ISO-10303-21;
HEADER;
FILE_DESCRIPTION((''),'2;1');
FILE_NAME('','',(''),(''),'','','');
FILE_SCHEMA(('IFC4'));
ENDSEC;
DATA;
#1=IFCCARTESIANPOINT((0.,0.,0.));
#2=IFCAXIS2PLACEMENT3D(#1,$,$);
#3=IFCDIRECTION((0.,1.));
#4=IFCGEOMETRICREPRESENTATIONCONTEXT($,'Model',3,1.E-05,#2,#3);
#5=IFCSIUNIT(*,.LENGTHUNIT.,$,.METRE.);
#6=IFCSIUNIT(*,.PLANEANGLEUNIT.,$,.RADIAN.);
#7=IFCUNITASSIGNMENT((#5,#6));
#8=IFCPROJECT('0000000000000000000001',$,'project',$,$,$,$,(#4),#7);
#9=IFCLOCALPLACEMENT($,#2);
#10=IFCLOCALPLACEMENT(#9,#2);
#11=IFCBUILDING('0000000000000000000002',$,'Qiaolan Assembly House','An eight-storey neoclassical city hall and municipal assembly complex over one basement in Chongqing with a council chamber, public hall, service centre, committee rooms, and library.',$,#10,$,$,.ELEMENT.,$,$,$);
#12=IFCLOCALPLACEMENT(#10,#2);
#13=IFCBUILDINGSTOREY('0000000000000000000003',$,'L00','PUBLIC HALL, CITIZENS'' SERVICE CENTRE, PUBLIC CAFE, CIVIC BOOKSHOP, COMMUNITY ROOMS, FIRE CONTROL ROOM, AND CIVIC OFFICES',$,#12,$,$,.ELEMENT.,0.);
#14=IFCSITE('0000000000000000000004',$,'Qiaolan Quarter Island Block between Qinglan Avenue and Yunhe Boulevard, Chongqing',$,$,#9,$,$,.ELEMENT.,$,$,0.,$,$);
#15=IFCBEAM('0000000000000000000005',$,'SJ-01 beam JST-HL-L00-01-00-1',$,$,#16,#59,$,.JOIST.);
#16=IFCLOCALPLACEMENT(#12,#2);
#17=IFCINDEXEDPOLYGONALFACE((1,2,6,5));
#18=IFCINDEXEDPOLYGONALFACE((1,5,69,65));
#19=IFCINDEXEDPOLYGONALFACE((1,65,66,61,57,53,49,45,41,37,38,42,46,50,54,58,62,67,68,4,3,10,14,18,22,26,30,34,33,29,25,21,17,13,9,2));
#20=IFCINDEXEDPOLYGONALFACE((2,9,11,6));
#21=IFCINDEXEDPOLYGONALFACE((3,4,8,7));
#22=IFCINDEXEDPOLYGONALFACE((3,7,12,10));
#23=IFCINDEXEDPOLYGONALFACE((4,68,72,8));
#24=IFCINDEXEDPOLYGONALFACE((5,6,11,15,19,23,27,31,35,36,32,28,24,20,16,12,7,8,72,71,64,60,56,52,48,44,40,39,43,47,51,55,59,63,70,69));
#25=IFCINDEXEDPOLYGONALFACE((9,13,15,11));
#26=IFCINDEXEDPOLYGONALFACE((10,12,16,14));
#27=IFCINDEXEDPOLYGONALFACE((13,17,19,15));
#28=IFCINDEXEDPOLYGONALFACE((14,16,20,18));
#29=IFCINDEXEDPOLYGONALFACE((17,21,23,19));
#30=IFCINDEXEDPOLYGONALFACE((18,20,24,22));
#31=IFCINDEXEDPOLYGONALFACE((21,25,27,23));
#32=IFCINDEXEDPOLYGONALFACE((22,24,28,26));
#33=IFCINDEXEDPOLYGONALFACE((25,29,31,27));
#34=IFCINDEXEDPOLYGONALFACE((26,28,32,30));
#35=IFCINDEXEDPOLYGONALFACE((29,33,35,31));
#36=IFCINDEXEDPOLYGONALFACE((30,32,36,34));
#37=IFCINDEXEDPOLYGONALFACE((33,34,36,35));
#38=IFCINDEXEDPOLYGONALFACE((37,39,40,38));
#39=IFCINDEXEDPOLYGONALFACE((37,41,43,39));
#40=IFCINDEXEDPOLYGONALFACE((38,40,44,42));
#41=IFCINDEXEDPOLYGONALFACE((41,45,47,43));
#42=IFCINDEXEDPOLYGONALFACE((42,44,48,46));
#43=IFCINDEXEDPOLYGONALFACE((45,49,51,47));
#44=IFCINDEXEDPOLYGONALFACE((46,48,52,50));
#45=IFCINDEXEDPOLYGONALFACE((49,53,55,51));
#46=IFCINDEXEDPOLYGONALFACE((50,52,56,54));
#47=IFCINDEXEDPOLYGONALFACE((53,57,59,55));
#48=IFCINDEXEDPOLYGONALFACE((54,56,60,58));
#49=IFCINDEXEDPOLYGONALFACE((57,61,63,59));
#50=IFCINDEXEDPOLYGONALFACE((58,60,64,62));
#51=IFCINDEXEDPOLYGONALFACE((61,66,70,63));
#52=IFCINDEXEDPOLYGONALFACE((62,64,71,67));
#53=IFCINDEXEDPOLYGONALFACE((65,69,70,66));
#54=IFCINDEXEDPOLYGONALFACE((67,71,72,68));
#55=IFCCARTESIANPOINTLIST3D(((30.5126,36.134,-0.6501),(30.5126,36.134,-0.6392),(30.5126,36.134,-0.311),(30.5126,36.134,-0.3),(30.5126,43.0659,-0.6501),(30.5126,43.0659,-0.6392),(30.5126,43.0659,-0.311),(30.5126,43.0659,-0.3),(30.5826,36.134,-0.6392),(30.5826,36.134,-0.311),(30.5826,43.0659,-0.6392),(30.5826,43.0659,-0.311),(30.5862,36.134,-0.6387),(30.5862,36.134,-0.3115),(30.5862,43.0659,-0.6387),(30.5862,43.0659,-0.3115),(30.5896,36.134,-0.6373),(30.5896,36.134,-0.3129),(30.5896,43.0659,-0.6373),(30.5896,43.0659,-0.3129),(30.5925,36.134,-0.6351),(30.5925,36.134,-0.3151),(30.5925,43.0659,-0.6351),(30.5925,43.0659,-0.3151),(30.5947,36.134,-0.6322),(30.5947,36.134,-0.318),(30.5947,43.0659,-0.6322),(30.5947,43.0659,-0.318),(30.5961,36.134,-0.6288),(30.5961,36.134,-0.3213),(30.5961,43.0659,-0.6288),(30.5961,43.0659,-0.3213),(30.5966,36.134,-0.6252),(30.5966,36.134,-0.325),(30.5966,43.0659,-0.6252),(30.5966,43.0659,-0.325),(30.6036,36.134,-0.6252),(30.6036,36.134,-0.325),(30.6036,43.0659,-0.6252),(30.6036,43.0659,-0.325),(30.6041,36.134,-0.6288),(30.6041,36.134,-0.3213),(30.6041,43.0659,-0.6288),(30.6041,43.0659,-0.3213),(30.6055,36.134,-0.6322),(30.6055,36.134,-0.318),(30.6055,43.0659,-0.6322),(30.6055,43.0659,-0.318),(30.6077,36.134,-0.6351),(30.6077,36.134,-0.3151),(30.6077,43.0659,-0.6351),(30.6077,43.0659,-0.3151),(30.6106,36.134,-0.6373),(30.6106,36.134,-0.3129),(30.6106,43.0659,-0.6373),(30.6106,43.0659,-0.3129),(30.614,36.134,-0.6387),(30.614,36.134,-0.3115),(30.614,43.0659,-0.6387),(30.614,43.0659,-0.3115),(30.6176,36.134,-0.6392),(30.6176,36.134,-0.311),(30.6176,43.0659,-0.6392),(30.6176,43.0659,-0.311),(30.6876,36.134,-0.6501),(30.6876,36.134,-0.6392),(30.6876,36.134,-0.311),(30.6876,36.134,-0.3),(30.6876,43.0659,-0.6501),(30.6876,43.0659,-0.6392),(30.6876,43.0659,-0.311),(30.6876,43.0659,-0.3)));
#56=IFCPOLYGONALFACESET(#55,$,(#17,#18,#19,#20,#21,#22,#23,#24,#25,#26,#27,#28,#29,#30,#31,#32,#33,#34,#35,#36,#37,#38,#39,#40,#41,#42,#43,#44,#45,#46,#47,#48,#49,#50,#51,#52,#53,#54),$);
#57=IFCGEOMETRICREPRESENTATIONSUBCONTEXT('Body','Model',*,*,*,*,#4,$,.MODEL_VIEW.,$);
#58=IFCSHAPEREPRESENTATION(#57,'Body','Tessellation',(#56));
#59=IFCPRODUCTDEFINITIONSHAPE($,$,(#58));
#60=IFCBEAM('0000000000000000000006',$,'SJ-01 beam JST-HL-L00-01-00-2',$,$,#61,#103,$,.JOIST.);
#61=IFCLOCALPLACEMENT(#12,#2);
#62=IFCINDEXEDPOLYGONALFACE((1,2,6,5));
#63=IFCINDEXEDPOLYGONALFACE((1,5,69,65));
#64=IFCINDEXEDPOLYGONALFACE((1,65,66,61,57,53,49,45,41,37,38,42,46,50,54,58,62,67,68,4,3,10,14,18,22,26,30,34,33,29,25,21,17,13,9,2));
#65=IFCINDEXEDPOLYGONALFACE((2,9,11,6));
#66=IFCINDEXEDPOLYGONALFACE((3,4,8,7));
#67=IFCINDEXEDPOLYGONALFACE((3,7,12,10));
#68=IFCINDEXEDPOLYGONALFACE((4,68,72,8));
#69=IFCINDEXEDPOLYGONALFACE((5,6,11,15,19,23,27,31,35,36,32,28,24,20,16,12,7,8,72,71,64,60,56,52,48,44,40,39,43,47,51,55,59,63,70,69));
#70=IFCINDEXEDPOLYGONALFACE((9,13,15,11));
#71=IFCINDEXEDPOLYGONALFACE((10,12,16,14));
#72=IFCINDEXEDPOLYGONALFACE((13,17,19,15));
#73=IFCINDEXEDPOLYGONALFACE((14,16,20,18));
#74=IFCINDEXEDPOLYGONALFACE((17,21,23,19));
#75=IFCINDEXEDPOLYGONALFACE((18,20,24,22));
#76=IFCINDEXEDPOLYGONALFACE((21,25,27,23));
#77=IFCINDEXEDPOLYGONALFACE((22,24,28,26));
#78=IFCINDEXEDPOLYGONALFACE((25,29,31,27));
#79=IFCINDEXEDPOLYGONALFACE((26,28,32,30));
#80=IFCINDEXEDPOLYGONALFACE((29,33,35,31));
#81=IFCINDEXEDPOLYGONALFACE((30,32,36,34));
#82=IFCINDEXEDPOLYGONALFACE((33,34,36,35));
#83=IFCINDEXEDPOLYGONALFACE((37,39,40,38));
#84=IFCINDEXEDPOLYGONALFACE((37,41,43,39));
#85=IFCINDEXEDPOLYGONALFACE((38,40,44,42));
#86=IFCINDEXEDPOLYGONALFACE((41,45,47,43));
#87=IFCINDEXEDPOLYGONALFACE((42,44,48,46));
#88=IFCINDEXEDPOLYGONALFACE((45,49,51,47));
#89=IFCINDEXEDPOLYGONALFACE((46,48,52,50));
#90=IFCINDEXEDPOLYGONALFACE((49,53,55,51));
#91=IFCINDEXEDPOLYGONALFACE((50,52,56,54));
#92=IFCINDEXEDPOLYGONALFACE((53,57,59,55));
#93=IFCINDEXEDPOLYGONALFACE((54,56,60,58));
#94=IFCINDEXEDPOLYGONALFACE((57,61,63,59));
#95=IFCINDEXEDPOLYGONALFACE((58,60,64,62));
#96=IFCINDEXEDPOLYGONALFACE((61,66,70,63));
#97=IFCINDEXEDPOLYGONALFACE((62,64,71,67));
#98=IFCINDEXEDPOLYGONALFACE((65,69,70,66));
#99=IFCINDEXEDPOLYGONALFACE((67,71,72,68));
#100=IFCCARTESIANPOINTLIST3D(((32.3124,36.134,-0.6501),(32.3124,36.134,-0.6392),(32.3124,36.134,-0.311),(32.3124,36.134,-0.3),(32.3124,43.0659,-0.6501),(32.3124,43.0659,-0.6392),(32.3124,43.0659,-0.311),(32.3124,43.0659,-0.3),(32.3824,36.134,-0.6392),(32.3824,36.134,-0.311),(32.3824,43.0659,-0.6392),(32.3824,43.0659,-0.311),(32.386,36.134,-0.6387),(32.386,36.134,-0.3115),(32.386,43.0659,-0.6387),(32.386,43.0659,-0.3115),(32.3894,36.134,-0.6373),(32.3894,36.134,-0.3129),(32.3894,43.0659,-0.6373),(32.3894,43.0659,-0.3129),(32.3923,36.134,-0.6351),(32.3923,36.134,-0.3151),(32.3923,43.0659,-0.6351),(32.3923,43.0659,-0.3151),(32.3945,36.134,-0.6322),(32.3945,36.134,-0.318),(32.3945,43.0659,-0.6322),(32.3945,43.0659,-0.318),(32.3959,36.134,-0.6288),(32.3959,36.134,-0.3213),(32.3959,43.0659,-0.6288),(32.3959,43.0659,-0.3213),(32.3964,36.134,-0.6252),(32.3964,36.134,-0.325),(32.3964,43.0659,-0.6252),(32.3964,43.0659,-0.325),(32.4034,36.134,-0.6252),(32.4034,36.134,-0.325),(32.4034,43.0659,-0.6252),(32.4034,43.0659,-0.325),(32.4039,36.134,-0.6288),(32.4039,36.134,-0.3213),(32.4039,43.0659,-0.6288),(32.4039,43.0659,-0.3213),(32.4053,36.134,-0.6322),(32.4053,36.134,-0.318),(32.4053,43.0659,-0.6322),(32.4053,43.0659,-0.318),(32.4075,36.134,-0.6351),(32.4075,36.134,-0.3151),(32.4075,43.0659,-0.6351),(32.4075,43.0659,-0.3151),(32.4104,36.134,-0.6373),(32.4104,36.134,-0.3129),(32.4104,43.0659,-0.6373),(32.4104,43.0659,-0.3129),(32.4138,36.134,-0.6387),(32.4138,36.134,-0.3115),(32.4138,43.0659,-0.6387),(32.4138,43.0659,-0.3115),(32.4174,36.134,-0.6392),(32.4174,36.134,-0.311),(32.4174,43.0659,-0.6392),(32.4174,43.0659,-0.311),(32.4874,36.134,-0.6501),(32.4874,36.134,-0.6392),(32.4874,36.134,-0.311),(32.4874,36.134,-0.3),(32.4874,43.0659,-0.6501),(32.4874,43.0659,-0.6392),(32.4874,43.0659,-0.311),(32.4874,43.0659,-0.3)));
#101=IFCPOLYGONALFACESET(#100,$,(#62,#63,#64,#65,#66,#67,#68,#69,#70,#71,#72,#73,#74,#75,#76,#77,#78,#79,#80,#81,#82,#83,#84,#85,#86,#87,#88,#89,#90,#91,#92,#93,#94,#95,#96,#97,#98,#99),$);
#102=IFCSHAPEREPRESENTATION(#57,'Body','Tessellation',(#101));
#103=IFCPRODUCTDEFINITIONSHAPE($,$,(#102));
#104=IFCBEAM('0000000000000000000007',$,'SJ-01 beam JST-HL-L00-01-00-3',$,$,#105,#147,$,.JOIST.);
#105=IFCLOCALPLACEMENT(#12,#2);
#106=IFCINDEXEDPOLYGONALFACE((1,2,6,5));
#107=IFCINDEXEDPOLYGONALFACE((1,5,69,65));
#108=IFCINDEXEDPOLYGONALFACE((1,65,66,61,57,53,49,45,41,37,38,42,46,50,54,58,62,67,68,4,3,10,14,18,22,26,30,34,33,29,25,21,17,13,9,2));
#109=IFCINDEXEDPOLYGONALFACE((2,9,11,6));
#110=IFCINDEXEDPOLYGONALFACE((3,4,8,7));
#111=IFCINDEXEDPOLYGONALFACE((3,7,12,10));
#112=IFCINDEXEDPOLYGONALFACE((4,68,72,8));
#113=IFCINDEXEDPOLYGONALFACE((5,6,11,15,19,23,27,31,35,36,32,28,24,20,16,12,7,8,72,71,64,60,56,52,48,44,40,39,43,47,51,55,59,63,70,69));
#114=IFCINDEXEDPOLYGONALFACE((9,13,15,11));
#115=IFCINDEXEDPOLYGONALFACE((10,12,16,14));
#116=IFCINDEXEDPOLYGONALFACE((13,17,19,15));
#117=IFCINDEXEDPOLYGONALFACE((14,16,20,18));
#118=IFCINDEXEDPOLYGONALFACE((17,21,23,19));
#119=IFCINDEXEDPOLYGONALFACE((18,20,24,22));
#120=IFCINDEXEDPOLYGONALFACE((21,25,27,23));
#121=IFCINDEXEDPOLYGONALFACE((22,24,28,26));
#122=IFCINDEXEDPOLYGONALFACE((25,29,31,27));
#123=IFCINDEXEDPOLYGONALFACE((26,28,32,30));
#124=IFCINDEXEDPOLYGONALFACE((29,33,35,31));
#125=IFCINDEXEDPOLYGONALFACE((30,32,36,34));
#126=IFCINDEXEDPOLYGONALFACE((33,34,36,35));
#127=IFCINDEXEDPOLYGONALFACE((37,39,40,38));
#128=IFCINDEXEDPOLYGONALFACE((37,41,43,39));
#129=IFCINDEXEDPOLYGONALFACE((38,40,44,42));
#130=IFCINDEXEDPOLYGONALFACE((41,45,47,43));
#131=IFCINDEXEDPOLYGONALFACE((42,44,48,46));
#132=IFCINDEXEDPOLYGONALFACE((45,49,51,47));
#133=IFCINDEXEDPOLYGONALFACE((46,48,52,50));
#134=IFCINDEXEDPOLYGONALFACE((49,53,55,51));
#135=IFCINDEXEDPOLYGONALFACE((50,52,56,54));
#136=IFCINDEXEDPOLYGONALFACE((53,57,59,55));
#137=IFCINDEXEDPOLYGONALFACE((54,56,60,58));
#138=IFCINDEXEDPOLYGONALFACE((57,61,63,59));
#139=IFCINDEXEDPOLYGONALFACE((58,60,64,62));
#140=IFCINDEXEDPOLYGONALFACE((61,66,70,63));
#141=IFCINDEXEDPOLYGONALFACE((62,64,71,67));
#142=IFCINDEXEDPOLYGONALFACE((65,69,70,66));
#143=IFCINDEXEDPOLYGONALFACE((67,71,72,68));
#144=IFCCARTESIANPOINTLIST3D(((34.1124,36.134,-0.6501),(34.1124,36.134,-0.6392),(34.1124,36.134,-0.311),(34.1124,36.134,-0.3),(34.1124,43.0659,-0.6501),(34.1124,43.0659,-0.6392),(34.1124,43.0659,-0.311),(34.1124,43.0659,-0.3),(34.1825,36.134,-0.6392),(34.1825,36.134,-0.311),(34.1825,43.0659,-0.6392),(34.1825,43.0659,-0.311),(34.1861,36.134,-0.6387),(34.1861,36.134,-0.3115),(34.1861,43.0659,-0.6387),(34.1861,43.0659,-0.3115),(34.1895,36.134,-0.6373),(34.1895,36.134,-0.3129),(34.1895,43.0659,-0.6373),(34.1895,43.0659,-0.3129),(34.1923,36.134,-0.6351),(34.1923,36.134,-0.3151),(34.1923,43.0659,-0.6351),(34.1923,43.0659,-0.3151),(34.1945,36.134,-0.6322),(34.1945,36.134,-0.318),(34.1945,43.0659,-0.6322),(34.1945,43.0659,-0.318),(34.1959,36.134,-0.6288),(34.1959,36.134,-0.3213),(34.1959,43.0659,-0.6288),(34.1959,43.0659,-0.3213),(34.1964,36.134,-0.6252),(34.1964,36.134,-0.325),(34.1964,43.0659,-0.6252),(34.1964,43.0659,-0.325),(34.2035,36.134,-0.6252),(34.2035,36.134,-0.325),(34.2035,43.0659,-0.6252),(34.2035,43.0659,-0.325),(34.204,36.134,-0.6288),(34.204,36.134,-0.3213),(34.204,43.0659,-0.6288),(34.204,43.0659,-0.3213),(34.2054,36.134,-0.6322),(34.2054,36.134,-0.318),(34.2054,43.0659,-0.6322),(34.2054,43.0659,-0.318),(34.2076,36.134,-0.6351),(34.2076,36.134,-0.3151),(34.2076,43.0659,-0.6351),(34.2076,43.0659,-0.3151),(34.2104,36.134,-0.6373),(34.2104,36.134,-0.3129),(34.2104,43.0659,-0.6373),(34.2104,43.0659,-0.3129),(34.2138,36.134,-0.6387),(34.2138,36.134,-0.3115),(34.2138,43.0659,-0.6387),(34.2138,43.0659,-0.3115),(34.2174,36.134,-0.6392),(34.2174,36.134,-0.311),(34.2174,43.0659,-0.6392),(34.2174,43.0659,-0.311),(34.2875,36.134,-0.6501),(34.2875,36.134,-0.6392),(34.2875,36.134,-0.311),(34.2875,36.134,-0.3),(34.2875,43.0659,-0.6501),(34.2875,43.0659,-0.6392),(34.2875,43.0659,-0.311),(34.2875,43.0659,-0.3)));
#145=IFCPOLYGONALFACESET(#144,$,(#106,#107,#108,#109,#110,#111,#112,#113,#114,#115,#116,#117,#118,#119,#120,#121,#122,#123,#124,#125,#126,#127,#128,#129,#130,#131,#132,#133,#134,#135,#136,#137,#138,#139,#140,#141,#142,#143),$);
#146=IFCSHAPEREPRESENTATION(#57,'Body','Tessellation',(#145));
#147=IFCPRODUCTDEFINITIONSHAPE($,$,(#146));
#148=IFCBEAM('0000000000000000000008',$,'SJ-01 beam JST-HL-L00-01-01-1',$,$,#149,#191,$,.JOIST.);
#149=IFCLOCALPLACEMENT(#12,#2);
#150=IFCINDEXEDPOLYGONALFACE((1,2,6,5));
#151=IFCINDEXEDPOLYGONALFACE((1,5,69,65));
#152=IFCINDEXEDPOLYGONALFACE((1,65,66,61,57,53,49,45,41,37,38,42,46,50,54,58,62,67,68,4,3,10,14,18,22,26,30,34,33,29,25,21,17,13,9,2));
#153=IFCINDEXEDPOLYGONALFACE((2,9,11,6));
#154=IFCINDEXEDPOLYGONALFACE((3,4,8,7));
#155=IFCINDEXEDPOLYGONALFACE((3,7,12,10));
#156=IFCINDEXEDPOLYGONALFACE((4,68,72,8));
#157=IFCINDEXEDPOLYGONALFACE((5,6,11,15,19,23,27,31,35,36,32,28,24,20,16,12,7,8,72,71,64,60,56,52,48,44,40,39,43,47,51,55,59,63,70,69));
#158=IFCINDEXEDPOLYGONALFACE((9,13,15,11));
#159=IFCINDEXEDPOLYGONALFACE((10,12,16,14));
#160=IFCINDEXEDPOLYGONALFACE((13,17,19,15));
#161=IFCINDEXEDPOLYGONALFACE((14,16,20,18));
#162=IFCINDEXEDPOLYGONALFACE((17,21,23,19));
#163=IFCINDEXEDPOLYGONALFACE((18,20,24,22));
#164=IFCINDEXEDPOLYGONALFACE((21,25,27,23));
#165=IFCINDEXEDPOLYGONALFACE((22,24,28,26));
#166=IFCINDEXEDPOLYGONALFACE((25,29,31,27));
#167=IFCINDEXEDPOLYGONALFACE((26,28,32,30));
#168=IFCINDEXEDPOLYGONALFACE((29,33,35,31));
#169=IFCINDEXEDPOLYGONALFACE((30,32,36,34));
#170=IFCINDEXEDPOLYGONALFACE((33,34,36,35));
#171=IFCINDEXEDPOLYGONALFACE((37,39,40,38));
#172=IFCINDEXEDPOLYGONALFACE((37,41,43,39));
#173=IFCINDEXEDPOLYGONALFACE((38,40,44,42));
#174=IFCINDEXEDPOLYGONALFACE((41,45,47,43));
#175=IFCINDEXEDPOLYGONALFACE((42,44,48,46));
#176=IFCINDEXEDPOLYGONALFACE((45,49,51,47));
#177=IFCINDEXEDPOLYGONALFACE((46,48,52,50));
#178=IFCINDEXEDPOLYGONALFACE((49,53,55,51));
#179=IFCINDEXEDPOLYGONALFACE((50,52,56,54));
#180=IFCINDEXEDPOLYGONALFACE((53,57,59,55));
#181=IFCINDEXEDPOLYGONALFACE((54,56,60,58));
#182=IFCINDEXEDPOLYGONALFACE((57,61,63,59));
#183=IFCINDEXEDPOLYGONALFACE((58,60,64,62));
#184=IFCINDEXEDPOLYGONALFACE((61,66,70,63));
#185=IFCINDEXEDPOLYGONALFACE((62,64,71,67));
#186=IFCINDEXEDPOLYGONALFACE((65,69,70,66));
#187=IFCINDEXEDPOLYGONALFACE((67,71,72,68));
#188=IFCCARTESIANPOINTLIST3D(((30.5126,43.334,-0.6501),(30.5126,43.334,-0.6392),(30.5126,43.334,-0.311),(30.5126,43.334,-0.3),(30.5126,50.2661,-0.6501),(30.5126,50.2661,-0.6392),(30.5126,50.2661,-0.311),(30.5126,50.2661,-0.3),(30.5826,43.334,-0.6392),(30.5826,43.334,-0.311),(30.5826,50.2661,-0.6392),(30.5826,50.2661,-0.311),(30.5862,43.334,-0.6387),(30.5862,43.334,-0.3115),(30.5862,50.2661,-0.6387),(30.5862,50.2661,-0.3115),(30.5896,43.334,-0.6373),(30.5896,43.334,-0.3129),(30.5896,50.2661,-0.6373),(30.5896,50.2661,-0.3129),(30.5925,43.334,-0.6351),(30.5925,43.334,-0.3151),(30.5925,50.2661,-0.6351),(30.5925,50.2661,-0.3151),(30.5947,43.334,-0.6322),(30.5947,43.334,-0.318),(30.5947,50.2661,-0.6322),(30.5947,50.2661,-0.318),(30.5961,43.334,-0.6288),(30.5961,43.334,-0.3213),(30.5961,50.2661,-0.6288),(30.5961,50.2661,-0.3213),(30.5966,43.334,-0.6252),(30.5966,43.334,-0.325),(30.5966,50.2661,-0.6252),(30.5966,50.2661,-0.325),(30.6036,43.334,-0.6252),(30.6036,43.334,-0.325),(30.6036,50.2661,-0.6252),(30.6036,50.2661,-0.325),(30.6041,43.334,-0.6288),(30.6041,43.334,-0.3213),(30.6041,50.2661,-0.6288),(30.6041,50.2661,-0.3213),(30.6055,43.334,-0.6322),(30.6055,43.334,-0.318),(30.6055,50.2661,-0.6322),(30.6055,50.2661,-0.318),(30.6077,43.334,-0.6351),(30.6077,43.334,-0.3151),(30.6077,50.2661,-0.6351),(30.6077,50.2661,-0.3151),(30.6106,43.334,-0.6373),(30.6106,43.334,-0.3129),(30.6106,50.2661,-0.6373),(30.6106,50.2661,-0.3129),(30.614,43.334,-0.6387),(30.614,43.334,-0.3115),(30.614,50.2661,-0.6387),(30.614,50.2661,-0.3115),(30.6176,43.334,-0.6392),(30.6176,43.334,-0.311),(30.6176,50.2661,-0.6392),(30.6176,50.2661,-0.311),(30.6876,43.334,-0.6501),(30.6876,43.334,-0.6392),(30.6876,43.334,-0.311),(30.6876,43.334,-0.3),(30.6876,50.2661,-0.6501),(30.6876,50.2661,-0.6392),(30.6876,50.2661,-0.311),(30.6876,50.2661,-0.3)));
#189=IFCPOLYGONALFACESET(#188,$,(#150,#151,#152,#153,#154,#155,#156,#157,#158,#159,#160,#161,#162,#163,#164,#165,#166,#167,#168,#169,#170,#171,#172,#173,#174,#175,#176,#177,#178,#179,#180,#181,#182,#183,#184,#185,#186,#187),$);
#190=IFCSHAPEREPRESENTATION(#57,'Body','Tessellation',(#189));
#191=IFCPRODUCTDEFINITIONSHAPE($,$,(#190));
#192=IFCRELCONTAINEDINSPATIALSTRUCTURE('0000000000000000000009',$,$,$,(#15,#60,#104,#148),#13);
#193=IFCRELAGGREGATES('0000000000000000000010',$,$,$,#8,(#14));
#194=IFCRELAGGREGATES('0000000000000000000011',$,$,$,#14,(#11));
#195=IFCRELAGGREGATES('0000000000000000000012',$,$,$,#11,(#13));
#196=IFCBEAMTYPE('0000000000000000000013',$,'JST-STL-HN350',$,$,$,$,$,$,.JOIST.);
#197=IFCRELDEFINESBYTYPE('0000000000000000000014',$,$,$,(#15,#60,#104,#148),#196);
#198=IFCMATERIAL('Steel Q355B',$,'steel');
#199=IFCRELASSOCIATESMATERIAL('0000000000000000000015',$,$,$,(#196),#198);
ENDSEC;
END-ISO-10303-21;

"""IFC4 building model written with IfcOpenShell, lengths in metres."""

from ifc_helpers import new_model, si_unit, direction, frame, origin, origin_2d, place, context, subcontext, project, spatial, i_section, extrude, material, material_profile, profile_set, type_object, element, save


model = new_model("IFC4")

# Units and contexts
model_context = context("Model", 3, precision=1e-05, world=origin(), true_north=direction((0.0, 1.0)))
body_context = subcontext(model_context, "Body", "Model", "MODEL_VIEW")
ifc_project = project(units=[si_unit("LENGTHUNIT", "METRE"), si_unit("PLANEANGLEUNIT", "RADIAN")], contexts=[model_context])

# Site, building, storey
site_placement = place(None, origin())
site = spatial("IfcSite", under=ifc_project, at=site_placement, Name="Qiaolan Quarter Island Block between Qinglan Avenue and Yunhe Boulevard, Chongqing", CompositionType="ELEMENT", RefElevation=0.0)
building_placement = place(site_placement, origin())
building = spatial("IfcBuilding", under=site, at=building_placement, Name="Qiaolan Assembly House", Description="An eight-storey neoclassical city hall and municipal assembly complex over one basement in Chongqing with a council chamber, public hall, service centre, committee rooms, and library.", CompositionType="ELEMENT")
storey_placement = place(building_placement, origin())
storey = spatial("IfcBuildingStorey", under=building, at=storey_placement, Name="L00", Description="PUBLIC HALL, CITIZENS' SERVICE CENTRE, PUBLIC CAFE, CIVIC BOOKSHOP, COMMUNITY ROOMS, FIRE CONTROL ROOM, AND CIVIC OFFICES", CompositionType="ELEMENT", Elevation=0.0)

# Shared definitions
ifc_material_1 = material(Name="Steel Q355B", Category="steel")

# Beams
ifc_material_profile_1 = material_profile(ifc_material_1, i_section(OverallWidth=0.175, OverallDepth=0.3501, WebThickness=0.0071, FlangeThickness=0.011, FilletRadius=0.0139, at=origin_2d()), Name="HN 350x175x7x11")
ifc_profile_set_1 = profile_set([ifc_material_profile_1], Name="Steel Q355B")
beam_type_1 = type_object("IfcBeamType", Name="JST-STL-HN350", PredefinedType="JOIST", material=ifc_profile_set_1)
for number, where, z_axis, x_axis, name in (
    (1, (30.6001, 36.134, -0.4751), (0.0, 1.0, 0.0), (-1.0, 0.0, 0.0), "SJ-01 beam JST-HL-L00-01-00-1"),
    (2, (32.3999, 36.134, -0.4751), (0.0, 1.0, 0.0), (-1.0, 0.0, 0.0), "SJ-01 beam JST-HL-L00-01-00-2"),
    (3, (34.2, 36.134, -0.4751), (0.0, 1.0, 0.0), (-1.0, 0.0, 0.0), "SJ-01 beam JST-HL-L00-01-00-3"),
):
    element("IfcBeam", number, at=place(storey_placement, frame(where, z_axis=z_axis, x_axis=x_axis)), inside=storey, type_object=beam_type_1, Name=name, PredefinedType="JOIST", context=body_context, shape_type="SweptSolid", body=[
        extrude(i_section(OverallWidth=0.175, OverallDepth=0.3501, WebThickness=0.0071, FlangeThickness=0.011, FilletRadius=0.0139, at=origin_2d()), origin(), (0.0, 0.0, 1.0), 6.9319),
    ])
for number, where, z_axis, x_axis, name in (
    (4, (30.6001, 43.334, -0.4751), (0.0, 1.0, 0.0), (-1.0, 0.0, 0.0), "SJ-01 beam JST-HL-L00-01-01-1"),
):
    element("IfcBeam", number, at=place(storey_placement, frame(where, z_axis=z_axis, x_axis=x_axis)), inside=storey, type_object=beam_type_1, Name=name, PredefinedType="JOIST", context=body_context, shape_type="SweptSolid", body=[
        extrude(i_section(OverallWidth=0.175, OverallDepth=0.3501, WebThickness=0.0071, FlangeThickness=0.011, FilletRadius=0.0139, at=origin_2d()), origin(), (0.0, 0.0, 1.0), 6.9321),
    ])

save(model, "model.ifc")
